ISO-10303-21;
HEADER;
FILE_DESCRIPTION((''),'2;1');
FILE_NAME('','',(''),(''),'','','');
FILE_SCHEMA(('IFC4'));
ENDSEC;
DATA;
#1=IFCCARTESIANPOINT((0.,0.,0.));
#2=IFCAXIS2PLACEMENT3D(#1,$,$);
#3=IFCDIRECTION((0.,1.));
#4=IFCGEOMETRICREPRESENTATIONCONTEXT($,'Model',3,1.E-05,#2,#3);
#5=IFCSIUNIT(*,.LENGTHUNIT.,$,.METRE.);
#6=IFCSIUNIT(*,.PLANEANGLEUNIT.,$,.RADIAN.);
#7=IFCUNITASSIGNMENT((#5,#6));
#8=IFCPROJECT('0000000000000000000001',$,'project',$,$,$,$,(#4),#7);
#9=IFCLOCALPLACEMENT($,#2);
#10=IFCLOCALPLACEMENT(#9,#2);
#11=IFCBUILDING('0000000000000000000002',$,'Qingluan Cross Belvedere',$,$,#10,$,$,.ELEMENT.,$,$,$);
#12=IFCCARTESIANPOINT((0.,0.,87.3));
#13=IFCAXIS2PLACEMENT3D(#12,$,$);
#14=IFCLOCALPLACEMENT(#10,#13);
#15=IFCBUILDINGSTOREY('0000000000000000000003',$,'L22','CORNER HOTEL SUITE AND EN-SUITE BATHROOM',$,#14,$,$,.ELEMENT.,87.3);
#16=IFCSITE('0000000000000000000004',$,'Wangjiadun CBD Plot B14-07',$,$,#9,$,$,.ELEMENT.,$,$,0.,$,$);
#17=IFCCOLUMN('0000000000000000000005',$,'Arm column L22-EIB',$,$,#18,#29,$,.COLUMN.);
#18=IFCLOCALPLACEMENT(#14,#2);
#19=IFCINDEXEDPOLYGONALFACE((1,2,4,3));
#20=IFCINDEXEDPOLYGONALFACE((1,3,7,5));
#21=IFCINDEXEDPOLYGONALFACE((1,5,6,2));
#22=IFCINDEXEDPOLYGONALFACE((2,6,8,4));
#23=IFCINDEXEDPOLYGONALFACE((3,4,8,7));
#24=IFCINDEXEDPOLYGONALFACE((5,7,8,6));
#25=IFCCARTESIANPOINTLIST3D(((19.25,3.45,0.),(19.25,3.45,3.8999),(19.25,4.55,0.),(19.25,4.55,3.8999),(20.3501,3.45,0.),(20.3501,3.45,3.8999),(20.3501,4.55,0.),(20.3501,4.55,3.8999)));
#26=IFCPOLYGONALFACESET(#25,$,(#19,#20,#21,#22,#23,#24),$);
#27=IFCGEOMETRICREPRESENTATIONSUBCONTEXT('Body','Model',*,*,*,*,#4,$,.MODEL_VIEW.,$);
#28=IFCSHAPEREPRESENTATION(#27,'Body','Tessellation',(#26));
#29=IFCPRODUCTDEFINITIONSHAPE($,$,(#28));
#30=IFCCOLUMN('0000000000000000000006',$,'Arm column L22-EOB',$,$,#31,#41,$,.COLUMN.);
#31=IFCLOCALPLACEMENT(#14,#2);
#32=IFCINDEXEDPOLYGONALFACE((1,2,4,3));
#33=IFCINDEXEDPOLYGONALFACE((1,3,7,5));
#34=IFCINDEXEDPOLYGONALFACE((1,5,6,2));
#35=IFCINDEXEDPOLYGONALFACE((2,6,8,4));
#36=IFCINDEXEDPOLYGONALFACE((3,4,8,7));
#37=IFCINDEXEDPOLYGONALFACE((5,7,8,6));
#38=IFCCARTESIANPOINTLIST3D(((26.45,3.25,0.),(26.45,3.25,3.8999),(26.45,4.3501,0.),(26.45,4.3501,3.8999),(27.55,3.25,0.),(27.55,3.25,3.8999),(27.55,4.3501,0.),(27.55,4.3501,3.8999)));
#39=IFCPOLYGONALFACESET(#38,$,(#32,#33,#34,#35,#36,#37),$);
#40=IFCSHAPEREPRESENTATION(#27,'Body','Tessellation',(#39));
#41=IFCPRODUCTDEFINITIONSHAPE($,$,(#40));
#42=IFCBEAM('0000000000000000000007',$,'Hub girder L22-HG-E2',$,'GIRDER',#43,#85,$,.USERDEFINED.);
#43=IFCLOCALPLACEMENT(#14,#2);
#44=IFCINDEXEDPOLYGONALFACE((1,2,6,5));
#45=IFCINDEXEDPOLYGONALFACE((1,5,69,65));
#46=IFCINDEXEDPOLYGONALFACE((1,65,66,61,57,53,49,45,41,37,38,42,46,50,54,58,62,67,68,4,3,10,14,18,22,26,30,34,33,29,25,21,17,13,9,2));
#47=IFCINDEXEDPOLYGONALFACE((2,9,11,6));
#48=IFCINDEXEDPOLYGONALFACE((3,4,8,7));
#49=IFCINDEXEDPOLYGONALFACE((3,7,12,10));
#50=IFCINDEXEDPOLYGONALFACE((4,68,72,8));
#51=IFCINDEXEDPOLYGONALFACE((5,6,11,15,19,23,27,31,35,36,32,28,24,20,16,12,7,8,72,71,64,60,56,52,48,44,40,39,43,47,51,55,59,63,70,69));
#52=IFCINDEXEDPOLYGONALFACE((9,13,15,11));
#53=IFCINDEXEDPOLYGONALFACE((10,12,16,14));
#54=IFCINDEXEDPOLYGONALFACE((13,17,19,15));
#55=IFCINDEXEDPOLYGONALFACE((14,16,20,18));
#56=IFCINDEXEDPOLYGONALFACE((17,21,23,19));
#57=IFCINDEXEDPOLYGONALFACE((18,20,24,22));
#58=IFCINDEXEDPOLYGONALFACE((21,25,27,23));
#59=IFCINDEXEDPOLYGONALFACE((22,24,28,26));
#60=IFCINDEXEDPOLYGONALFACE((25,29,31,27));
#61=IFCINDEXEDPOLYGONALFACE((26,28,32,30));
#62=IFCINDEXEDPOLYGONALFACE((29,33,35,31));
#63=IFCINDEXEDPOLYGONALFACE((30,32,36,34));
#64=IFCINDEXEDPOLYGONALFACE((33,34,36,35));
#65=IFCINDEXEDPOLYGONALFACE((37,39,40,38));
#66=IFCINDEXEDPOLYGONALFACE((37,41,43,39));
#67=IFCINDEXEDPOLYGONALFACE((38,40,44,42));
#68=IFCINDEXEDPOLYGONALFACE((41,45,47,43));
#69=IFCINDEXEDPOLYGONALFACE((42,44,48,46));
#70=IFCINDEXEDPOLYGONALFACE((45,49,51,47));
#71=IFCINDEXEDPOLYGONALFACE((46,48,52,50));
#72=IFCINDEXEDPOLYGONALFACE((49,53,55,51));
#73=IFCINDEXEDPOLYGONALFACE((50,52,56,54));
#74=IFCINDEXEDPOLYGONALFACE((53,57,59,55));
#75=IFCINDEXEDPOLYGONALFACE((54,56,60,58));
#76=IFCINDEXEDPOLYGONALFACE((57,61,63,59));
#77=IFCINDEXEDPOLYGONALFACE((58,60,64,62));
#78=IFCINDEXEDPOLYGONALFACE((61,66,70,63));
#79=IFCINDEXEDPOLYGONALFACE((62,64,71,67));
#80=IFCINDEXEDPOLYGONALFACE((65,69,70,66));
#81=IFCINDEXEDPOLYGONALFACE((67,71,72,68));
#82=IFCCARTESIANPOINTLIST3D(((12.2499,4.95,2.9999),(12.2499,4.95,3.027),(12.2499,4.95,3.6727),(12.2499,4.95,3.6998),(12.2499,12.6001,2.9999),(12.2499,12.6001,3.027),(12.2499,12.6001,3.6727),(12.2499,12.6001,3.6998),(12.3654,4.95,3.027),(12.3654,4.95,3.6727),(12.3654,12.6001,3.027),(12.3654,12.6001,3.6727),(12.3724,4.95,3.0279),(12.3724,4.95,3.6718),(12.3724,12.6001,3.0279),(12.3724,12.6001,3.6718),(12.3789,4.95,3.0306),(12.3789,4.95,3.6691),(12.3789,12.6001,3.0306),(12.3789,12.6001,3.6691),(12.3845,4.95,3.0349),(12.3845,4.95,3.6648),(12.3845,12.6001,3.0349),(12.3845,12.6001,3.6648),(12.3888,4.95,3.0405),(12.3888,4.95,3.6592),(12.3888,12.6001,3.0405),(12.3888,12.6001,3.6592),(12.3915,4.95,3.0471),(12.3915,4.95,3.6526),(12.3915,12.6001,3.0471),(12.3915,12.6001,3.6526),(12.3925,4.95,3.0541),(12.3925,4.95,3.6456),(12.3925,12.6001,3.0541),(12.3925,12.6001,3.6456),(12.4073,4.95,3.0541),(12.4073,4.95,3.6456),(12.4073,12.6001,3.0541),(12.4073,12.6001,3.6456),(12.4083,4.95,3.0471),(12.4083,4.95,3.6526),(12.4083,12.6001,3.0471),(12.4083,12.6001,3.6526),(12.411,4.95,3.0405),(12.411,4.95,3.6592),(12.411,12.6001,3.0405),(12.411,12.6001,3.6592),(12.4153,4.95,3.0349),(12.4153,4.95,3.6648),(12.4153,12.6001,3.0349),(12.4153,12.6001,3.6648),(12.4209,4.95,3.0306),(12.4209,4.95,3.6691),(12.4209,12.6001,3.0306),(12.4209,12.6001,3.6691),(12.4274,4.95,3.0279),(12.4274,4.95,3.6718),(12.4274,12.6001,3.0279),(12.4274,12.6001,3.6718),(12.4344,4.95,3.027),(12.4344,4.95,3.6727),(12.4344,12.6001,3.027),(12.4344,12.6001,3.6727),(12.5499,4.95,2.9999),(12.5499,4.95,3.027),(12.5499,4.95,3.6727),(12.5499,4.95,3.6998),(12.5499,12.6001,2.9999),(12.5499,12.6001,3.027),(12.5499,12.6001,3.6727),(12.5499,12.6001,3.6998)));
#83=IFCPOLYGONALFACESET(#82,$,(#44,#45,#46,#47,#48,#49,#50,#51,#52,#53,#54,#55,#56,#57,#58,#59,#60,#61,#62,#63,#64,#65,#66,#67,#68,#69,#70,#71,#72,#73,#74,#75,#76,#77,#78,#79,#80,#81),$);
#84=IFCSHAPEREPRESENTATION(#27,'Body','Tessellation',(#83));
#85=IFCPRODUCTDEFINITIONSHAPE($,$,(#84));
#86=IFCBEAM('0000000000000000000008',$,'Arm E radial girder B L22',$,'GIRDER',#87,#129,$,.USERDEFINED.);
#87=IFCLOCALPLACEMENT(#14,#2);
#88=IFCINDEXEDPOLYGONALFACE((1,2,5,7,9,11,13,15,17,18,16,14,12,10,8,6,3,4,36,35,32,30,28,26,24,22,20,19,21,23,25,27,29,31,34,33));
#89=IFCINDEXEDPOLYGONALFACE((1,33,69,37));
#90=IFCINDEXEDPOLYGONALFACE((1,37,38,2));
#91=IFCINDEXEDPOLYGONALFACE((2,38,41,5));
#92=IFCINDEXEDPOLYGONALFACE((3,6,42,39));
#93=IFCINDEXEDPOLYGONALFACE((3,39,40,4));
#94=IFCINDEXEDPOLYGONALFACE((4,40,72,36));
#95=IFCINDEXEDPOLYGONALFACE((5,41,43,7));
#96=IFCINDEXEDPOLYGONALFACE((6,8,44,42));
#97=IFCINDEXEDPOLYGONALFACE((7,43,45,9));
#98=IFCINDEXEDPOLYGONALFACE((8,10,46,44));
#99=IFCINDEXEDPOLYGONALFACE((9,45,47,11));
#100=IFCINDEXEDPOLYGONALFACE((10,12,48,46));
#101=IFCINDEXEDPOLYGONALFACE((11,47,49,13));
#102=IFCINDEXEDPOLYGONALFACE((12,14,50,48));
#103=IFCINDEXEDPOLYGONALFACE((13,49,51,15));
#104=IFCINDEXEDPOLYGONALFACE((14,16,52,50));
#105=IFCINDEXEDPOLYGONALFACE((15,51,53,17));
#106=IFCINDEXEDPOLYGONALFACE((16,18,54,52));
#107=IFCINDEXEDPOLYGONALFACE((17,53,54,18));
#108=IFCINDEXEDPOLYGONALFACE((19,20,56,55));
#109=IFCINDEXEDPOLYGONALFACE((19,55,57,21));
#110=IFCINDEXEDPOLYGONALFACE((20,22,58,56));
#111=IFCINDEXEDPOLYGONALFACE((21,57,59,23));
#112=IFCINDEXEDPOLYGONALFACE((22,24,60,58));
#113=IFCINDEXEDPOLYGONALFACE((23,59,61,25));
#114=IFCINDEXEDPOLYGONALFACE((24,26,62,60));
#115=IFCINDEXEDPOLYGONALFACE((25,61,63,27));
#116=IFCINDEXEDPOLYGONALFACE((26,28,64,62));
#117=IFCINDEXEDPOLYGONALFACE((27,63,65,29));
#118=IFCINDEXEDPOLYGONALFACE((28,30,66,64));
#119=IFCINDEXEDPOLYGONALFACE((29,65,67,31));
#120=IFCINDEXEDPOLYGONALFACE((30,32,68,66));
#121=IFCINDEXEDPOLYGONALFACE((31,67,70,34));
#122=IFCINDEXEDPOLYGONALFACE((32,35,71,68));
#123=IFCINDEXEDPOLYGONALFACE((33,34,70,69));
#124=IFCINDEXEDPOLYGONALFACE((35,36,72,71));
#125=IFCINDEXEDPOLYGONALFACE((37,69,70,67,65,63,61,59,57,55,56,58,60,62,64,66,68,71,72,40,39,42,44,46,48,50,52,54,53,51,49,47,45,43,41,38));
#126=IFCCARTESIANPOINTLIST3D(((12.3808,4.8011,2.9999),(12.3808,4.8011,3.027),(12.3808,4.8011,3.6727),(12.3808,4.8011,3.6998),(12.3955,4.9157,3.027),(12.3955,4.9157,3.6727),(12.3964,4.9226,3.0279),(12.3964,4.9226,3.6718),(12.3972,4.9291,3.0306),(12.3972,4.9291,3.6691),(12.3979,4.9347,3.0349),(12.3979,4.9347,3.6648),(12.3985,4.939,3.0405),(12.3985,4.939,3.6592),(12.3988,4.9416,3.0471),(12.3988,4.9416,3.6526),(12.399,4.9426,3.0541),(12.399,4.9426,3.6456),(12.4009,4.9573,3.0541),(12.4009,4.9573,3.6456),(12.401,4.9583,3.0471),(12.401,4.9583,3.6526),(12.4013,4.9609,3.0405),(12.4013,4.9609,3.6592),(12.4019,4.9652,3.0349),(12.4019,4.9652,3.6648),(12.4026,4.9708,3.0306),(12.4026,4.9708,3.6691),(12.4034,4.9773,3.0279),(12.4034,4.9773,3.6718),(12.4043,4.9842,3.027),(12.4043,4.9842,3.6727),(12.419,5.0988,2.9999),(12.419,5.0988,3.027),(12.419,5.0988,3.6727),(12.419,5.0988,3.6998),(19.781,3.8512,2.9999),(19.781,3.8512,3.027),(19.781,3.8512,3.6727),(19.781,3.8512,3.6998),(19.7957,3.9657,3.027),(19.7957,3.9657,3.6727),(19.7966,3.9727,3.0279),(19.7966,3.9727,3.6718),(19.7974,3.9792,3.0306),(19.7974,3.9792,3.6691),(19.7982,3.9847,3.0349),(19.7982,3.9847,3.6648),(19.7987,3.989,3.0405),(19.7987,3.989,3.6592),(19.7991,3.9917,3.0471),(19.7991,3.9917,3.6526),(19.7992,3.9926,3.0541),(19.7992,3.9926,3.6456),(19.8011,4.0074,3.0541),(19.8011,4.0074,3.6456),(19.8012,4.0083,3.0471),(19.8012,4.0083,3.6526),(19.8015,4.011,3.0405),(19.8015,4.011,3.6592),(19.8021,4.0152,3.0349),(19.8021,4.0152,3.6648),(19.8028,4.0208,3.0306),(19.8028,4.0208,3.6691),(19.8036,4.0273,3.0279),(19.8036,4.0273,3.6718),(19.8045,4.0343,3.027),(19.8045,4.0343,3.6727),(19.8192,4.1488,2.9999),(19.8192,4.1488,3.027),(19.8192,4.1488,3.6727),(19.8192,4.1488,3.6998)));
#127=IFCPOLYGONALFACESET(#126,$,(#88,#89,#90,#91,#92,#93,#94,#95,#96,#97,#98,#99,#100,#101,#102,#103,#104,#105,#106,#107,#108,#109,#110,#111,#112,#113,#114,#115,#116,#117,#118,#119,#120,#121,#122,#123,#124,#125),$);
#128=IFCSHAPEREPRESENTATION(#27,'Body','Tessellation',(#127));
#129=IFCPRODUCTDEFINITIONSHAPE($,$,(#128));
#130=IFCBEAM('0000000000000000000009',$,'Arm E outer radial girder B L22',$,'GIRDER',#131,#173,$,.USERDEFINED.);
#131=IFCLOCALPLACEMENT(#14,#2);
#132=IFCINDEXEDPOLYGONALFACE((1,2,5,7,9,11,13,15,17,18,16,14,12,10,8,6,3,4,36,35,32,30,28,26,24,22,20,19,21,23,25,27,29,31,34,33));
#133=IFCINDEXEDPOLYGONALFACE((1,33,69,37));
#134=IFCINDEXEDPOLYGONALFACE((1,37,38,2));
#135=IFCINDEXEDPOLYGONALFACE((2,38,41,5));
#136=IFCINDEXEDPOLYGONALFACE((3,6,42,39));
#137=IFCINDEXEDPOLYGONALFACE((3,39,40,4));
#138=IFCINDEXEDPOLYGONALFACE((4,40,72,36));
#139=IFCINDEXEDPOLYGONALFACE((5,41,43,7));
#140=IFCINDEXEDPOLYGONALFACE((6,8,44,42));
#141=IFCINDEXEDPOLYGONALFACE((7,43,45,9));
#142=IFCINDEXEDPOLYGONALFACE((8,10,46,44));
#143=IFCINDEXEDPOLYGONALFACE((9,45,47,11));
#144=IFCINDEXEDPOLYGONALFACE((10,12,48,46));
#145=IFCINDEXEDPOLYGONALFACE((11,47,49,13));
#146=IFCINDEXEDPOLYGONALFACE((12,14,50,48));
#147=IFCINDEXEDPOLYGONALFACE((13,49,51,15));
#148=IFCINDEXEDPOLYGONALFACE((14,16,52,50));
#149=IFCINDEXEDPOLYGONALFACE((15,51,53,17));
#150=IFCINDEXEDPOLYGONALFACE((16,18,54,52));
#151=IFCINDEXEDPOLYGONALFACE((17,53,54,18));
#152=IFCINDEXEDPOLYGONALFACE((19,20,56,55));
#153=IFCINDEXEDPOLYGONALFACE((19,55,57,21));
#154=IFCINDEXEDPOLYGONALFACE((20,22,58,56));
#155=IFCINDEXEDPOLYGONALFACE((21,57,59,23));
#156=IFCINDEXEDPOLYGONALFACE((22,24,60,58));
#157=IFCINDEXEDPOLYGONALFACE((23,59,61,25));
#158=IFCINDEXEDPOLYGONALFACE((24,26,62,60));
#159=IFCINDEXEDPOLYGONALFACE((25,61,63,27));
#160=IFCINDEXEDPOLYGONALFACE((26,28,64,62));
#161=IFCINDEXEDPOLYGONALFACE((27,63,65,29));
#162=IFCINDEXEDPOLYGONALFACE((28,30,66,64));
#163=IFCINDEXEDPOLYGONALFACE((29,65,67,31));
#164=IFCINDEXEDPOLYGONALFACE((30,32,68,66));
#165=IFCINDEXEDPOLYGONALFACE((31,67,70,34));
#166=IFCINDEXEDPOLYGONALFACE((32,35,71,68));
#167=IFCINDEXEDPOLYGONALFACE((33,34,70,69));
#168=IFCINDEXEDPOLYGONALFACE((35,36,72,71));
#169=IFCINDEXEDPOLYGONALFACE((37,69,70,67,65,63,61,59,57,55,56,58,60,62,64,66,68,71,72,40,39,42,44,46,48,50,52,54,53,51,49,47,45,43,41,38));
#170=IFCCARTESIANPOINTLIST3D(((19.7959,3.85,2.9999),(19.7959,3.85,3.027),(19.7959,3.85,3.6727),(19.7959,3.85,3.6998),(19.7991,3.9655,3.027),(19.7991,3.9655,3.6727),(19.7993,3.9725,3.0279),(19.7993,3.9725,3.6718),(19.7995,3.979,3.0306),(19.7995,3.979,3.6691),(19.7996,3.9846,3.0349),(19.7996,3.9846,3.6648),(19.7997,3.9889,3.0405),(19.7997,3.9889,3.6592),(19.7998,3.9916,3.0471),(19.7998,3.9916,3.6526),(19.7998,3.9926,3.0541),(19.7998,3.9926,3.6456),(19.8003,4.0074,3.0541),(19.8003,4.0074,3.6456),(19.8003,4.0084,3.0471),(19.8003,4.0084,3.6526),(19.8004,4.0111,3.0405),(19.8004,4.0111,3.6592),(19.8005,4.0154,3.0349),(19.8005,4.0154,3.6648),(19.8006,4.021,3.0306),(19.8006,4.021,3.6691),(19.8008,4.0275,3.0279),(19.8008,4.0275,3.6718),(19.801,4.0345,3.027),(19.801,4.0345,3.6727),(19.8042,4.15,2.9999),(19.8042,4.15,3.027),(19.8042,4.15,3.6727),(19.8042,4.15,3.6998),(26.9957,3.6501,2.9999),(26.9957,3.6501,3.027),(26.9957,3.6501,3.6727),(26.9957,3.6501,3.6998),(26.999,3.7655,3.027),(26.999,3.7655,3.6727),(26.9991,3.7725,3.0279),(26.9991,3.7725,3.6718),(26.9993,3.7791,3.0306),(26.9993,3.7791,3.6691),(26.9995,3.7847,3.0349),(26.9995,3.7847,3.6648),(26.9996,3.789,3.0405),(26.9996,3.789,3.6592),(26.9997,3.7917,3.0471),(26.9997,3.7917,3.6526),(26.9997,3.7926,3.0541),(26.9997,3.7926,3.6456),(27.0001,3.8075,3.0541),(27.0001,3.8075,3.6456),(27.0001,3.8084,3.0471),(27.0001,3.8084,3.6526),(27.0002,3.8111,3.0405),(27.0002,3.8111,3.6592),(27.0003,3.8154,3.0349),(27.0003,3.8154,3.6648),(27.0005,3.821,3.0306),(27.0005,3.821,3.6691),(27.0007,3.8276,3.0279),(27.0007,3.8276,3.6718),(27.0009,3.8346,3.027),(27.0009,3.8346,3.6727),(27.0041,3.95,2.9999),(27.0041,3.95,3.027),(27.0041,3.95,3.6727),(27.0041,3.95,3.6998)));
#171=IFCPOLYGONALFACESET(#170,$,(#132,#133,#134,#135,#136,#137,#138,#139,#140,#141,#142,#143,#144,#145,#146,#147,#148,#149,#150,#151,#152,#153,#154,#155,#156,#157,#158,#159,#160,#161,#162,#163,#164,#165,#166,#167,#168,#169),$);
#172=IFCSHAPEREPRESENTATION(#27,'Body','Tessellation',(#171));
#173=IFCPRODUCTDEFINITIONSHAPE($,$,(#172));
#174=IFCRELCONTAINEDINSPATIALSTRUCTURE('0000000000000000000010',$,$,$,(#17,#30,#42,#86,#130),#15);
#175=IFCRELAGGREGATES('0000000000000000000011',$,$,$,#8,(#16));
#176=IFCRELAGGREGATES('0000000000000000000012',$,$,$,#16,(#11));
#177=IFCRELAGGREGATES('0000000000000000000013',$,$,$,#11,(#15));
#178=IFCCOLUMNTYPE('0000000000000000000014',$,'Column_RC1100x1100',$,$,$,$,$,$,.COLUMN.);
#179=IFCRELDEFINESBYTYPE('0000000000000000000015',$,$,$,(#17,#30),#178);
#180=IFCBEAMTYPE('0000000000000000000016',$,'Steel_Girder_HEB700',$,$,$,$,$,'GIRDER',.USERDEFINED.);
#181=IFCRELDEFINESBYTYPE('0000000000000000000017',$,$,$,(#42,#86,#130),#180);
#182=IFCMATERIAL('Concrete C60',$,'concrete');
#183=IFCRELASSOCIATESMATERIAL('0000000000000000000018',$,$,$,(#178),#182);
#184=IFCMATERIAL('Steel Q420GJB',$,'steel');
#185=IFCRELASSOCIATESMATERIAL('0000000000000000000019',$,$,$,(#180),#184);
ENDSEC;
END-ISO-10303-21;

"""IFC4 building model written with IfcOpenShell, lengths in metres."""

from ifc_helpers import new_model, si_unit, direction, frame, origin, origin_2d, place, context, subcontext, project, spatial, rectangle, i_section, extrude, material, material_profile, profile_set, type_object, element, save


model = new_model("IFC4")

# Units and contexts
model_context = context("Model", 3, precision=1e-05, world=origin(), true_north=direction((0.0, 1.0)))
body_context = subcontext(model_context, "Body", "Model", "MODEL_VIEW")
ifc_project = project(units=[si_unit("LENGTHUNIT", "METRE"), si_unit("PLANEANGLEUNIT", "RADIAN")], contexts=[model_context])

# Site, building, storey
site_placement = place(None, origin())
site = spatial("IfcSite", under=ifc_project, at=site_placement, Name="Wangjiadun CBD Plot B14-07", CompositionType="ELEMENT", RefElevation=0.0)
building_placement = place(site_placement, origin())
building = spatial("IfcBuilding", under=site, at=building_placement, Name="Qingluan Cross Belvedere", CompositionType="ELEMENT")
storey_placement = place(building_placement, frame((0.0, 0.0, 87.3)))
storey = spatial("IfcBuildingStorey", under=building, at=storey_placement, Name="L22", Description="CORNER HOTEL SUITE AND EN-SUITE BATHROOM", CompositionType="ELEMENT", Elevation=87.3)

# Columns
ifc_material_1 = material(Name="Concrete C60", Category="concrete")
ifc_material_profile_1 = material_profile(ifc_material_1, rectangle(XDim=1.1001, YDim=1.1001, at=origin_2d()), Name="RC1100x1100")
ifc_profile_set_1 = profile_set([ifc_material_profile_1], Name="Concrete C60")
column_type = type_object("IfcColumnType", Name="Column_RC1100x1100", PredefinedType="COLUMN", material=ifc_profile_set_1)
for number, where, z_axis, x_axis, name in (
    (1, (19.8, 4.0, 0.0), (0.0, 0.0, 1.0), (1.0, 0.0, 0.0), "Arm column L22-EIB"),
    (2, (27.0, 3.8, 0.0), (0.0, 0.0, 1.0), (1.0, 0.0, 0.0), "Arm column L22-EOB"),
):
    element("IfcColumn", number, at=place(storey_placement, frame(where, z_axis=z_axis, x_axis=x_axis)), inside=storey, type_object=column_type, Name=name, PredefinedType="COLUMN", context=body_context, shape_type="SweptSolid", body=[
        extrude(rectangle(XDim=1.1001, YDim=1.1001, at=origin_2d()), origin(), (0.0, 0.0, 1.0), 3.8999),
    ])

# Beams
ifc_material_2 = material(Name="Steel Q420GJB", Category="steel")
ifc_material_profile_2 = material_profile(ifc_material_2, i_section(OverallWidth=0.3, OverallDepth=0.7, WebThickness=0.0149, FlangeThickness=0.0271, FilletRadius=0.0271, at=origin_2d()), Name="HEB700")
ifc_profile_set_2 = profile_set([ifc_material_profile_2], Name="Steel Q420GJB")
beam_type = type_object("IfcBeamType", Name="Steel_Girder_HEB700", ElementType="GIRDER", PredefinedType="USERDEFINED", material=ifc_profile_set_2)
beam_1_placement = place(storey_placement, frame((12.3999, 4.95, 3.3499), z_axis=(0.0, 1.0, 0.0), x_axis=(-1.0, 0.0, 0.0)))
element("IfcBeam", 3, at=beam_1_placement, inside=storey, type_object=beam_type, Name="Hub girder L22-HG-E2", ObjectType="GIRDER", PredefinedType="USERDEFINED", context=body_context, shape_type="SweptSolid", body=[
    extrude(i_section(OverallWidth=0.3, OverallDepth=0.7, WebThickness=0.0149, FlangeThickness=0.0271, FilletRadius=0.0271, at=origin_2d()), origin(), (0.0, 0.0, 1.0), 7.6501),
])
beam_2_placement = place(storey_placement, frame((12.3999, 4.95, 3.3499), z_axis=(0.991861, -0.127324, 0.0), x_axis=(0.127324, 0.991861, 0.0)))
element("IfcBeam", 4, at=beam_2_placement, inside=storey, type_object=beam_type, Name="Arm E radial girder B L22", ObjectType="GIRDER", PredefinedType="USERDEFINED", context=body_context, shape_type="SweptSolid", body=[
    extrude(i_section(OverallWidth=0.3, OverallDepth=0.7, WebThickness=0.0149, FlangeThickness=0.0271, FilletRadius=0.0271, at=origin_2d()), origin(), (0.0, 0.0, 1.0), 7.4609),
])
beam_3_placement = place(storey_placement, frame((19.8, 4.0, 3.3499), z_axis=(0.999615, -0.02776, 0.0), x_axis=(0.02776, 0.999615, 0.0)))
element("IfcBeam", 5, at=beam_3_placement, inside=storey, type_object=beam_type, Name="Arm E outer radial girder B L22", ObjectType="GIRDER", PredefinedType="USERDEFINED", context=body_context, shape_type="SweptSolid", body=[
    extrude(i_section(OverallWidth=0.3, OverallDepth=0.7, WebThickness=0.0149, FlangeThickness=0.0271, FilletRadius=0.0271, at=origin_2d()), origin(), (0.0, 0.0, 1.0), 7.2026),
])

save(model, "model.ifc")
